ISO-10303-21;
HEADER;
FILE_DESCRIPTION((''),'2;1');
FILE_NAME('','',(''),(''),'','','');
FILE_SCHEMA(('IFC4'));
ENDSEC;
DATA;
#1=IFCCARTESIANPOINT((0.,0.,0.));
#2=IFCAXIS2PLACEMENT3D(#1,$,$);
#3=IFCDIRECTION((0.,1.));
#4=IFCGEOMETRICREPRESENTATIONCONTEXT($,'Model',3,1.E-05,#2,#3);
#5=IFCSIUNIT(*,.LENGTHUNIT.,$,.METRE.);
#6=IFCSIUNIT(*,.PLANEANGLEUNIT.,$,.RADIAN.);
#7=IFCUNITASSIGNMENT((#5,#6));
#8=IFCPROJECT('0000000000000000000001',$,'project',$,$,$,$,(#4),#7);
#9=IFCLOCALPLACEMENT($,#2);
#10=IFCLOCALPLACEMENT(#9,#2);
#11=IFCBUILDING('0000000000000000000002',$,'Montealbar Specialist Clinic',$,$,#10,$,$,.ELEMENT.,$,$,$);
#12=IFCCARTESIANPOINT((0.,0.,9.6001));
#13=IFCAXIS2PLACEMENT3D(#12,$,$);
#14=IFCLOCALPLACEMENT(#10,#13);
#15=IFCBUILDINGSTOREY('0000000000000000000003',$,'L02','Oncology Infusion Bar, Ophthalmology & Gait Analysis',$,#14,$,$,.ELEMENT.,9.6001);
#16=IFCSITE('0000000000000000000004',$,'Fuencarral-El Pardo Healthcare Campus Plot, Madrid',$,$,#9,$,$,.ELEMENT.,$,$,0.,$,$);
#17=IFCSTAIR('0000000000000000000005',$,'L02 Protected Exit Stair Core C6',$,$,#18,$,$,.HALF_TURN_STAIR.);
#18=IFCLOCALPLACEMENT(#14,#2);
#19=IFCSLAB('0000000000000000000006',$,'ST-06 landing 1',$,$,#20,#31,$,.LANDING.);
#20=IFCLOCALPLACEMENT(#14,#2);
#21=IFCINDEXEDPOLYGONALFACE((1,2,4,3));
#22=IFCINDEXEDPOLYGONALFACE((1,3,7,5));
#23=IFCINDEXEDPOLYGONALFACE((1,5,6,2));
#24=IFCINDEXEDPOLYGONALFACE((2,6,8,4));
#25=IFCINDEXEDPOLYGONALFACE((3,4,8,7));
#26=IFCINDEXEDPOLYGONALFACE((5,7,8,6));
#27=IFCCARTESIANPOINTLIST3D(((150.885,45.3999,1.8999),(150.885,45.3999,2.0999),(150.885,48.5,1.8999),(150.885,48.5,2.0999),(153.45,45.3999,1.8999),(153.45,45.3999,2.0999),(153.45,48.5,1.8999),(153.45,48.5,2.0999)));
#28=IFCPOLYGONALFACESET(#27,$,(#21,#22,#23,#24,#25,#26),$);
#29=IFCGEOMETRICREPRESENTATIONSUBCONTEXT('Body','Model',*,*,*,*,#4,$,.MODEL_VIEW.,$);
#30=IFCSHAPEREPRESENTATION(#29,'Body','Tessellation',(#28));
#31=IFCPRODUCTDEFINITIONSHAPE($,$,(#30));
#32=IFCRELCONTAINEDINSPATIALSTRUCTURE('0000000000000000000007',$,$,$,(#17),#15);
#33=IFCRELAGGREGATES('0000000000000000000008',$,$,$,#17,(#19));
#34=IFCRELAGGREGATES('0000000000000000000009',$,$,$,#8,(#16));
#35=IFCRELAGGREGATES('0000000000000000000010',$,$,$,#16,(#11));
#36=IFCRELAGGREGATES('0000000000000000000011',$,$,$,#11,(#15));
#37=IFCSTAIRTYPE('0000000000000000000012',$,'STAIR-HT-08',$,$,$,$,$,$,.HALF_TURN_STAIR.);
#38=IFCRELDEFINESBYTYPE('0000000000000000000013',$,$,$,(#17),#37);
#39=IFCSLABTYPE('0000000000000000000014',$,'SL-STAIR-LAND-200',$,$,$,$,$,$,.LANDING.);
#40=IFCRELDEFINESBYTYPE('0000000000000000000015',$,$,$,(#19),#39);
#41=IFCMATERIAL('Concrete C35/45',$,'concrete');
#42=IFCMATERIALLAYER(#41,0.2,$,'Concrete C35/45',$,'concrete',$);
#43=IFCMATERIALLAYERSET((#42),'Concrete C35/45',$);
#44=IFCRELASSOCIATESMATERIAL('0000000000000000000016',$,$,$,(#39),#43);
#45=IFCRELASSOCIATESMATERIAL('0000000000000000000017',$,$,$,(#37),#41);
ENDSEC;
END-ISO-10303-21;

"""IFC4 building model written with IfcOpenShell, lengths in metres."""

from ifc_helpers import new_model, si_unit, direction, frame, origin, place, context, subcontext, project, spatial, polyline, outline, extrude, material, layer, layer_set, type_object, element, aggregate, save


model = new_model("IFC4")

# Units and contexts
model_context = context("Model", 3, precision=1e-05, world=origin(), true_north=direction((0.0, 1.0)))
body_context = subcontext(model_context, "Body", "Model", "MODEL_VIEW")
ifc_project = project(units=[si_unit("LENGTHUNIT", "METRE"), si_unit("PLANEANGLEUNIT", "RADIAN")], contexts=[model_context])

# Site, building, storey
site_placement = place(None, origin())
site = spatial("IfcSite", under=ifc_project, at=site_placement, Name="Fuencarral-El Pardo Healthcare Campus Plot, Madrid", CompositionType="ELEMENT", RefElevation=0.0)
building_placement = place(site_placement, origin())
building = spatial("IfcBuilding", under=site, at=building_placement, Name="Montealbar Specialist Clinic", CompositionType="ELEMENT")
storey_placement = place(building_placement, frame((0.0, 0.0, 9.6001)))
storey = spatial("IfcBuildingStorey", under=building, at=storey_placement, Name="L02", Description="Oncology Infusion Bar, Ophthalmology & Gait Analysis", CompositionType="ELEMENT", Elevation=9.6001)

# Stair, slab
ifc_material_1 = material(Name="Concrete C35/45", Category="concrete")
ifc_layer_1 = layer(ifc_material_1, 0.2, Name="Concrete C35/45", Category="concrete")
ifc_layer_set_1 = layer_set([ifc_layer_1], Name="Concrete C35/45")
slab_type = type_object("IfcSlabType", Name="SL-STAIR-LAND-200", PredefinedType="LANDING", material=ifc_layer_set_1)
stair_type_1 = type_object("IfcStairType", Name="STAIR-HT-08", PredefinedType="HALF_TURN_STAIR", material=ifc_material_1)
stair_1_placement = place(storey_placement, origin())
stair_1 = element("IfcStair", 1, at=stair_1_placement, inside=storey, type_object=stair_type_1, Name="L02 Protected Exit Stair Core C6", PredefinedType="HALF_TURN_STAIR")
slab_1_placement = place(storey_placement, frame((0.0, 0.0, 1.8999)))
slab_1 = element("IfcSlab", 2, at=slab_1_placement, type_object=slab_type, Name="ST-06 landing 1", PredefinedType="LANDING", context=body_context, shape_type="SweptSolid", body=[
    extrude(outline(polyline([(150.885, 45.3999), (153.45, 45.3999), (153.45, 48.5), (150.885, 48.5), (150.885, 45.3999)])), origin(), (0.0, 0.0, 1.0), 0.2),
])
aggregate(stair_1, [slab_1])

save(model, "model.ifc")
